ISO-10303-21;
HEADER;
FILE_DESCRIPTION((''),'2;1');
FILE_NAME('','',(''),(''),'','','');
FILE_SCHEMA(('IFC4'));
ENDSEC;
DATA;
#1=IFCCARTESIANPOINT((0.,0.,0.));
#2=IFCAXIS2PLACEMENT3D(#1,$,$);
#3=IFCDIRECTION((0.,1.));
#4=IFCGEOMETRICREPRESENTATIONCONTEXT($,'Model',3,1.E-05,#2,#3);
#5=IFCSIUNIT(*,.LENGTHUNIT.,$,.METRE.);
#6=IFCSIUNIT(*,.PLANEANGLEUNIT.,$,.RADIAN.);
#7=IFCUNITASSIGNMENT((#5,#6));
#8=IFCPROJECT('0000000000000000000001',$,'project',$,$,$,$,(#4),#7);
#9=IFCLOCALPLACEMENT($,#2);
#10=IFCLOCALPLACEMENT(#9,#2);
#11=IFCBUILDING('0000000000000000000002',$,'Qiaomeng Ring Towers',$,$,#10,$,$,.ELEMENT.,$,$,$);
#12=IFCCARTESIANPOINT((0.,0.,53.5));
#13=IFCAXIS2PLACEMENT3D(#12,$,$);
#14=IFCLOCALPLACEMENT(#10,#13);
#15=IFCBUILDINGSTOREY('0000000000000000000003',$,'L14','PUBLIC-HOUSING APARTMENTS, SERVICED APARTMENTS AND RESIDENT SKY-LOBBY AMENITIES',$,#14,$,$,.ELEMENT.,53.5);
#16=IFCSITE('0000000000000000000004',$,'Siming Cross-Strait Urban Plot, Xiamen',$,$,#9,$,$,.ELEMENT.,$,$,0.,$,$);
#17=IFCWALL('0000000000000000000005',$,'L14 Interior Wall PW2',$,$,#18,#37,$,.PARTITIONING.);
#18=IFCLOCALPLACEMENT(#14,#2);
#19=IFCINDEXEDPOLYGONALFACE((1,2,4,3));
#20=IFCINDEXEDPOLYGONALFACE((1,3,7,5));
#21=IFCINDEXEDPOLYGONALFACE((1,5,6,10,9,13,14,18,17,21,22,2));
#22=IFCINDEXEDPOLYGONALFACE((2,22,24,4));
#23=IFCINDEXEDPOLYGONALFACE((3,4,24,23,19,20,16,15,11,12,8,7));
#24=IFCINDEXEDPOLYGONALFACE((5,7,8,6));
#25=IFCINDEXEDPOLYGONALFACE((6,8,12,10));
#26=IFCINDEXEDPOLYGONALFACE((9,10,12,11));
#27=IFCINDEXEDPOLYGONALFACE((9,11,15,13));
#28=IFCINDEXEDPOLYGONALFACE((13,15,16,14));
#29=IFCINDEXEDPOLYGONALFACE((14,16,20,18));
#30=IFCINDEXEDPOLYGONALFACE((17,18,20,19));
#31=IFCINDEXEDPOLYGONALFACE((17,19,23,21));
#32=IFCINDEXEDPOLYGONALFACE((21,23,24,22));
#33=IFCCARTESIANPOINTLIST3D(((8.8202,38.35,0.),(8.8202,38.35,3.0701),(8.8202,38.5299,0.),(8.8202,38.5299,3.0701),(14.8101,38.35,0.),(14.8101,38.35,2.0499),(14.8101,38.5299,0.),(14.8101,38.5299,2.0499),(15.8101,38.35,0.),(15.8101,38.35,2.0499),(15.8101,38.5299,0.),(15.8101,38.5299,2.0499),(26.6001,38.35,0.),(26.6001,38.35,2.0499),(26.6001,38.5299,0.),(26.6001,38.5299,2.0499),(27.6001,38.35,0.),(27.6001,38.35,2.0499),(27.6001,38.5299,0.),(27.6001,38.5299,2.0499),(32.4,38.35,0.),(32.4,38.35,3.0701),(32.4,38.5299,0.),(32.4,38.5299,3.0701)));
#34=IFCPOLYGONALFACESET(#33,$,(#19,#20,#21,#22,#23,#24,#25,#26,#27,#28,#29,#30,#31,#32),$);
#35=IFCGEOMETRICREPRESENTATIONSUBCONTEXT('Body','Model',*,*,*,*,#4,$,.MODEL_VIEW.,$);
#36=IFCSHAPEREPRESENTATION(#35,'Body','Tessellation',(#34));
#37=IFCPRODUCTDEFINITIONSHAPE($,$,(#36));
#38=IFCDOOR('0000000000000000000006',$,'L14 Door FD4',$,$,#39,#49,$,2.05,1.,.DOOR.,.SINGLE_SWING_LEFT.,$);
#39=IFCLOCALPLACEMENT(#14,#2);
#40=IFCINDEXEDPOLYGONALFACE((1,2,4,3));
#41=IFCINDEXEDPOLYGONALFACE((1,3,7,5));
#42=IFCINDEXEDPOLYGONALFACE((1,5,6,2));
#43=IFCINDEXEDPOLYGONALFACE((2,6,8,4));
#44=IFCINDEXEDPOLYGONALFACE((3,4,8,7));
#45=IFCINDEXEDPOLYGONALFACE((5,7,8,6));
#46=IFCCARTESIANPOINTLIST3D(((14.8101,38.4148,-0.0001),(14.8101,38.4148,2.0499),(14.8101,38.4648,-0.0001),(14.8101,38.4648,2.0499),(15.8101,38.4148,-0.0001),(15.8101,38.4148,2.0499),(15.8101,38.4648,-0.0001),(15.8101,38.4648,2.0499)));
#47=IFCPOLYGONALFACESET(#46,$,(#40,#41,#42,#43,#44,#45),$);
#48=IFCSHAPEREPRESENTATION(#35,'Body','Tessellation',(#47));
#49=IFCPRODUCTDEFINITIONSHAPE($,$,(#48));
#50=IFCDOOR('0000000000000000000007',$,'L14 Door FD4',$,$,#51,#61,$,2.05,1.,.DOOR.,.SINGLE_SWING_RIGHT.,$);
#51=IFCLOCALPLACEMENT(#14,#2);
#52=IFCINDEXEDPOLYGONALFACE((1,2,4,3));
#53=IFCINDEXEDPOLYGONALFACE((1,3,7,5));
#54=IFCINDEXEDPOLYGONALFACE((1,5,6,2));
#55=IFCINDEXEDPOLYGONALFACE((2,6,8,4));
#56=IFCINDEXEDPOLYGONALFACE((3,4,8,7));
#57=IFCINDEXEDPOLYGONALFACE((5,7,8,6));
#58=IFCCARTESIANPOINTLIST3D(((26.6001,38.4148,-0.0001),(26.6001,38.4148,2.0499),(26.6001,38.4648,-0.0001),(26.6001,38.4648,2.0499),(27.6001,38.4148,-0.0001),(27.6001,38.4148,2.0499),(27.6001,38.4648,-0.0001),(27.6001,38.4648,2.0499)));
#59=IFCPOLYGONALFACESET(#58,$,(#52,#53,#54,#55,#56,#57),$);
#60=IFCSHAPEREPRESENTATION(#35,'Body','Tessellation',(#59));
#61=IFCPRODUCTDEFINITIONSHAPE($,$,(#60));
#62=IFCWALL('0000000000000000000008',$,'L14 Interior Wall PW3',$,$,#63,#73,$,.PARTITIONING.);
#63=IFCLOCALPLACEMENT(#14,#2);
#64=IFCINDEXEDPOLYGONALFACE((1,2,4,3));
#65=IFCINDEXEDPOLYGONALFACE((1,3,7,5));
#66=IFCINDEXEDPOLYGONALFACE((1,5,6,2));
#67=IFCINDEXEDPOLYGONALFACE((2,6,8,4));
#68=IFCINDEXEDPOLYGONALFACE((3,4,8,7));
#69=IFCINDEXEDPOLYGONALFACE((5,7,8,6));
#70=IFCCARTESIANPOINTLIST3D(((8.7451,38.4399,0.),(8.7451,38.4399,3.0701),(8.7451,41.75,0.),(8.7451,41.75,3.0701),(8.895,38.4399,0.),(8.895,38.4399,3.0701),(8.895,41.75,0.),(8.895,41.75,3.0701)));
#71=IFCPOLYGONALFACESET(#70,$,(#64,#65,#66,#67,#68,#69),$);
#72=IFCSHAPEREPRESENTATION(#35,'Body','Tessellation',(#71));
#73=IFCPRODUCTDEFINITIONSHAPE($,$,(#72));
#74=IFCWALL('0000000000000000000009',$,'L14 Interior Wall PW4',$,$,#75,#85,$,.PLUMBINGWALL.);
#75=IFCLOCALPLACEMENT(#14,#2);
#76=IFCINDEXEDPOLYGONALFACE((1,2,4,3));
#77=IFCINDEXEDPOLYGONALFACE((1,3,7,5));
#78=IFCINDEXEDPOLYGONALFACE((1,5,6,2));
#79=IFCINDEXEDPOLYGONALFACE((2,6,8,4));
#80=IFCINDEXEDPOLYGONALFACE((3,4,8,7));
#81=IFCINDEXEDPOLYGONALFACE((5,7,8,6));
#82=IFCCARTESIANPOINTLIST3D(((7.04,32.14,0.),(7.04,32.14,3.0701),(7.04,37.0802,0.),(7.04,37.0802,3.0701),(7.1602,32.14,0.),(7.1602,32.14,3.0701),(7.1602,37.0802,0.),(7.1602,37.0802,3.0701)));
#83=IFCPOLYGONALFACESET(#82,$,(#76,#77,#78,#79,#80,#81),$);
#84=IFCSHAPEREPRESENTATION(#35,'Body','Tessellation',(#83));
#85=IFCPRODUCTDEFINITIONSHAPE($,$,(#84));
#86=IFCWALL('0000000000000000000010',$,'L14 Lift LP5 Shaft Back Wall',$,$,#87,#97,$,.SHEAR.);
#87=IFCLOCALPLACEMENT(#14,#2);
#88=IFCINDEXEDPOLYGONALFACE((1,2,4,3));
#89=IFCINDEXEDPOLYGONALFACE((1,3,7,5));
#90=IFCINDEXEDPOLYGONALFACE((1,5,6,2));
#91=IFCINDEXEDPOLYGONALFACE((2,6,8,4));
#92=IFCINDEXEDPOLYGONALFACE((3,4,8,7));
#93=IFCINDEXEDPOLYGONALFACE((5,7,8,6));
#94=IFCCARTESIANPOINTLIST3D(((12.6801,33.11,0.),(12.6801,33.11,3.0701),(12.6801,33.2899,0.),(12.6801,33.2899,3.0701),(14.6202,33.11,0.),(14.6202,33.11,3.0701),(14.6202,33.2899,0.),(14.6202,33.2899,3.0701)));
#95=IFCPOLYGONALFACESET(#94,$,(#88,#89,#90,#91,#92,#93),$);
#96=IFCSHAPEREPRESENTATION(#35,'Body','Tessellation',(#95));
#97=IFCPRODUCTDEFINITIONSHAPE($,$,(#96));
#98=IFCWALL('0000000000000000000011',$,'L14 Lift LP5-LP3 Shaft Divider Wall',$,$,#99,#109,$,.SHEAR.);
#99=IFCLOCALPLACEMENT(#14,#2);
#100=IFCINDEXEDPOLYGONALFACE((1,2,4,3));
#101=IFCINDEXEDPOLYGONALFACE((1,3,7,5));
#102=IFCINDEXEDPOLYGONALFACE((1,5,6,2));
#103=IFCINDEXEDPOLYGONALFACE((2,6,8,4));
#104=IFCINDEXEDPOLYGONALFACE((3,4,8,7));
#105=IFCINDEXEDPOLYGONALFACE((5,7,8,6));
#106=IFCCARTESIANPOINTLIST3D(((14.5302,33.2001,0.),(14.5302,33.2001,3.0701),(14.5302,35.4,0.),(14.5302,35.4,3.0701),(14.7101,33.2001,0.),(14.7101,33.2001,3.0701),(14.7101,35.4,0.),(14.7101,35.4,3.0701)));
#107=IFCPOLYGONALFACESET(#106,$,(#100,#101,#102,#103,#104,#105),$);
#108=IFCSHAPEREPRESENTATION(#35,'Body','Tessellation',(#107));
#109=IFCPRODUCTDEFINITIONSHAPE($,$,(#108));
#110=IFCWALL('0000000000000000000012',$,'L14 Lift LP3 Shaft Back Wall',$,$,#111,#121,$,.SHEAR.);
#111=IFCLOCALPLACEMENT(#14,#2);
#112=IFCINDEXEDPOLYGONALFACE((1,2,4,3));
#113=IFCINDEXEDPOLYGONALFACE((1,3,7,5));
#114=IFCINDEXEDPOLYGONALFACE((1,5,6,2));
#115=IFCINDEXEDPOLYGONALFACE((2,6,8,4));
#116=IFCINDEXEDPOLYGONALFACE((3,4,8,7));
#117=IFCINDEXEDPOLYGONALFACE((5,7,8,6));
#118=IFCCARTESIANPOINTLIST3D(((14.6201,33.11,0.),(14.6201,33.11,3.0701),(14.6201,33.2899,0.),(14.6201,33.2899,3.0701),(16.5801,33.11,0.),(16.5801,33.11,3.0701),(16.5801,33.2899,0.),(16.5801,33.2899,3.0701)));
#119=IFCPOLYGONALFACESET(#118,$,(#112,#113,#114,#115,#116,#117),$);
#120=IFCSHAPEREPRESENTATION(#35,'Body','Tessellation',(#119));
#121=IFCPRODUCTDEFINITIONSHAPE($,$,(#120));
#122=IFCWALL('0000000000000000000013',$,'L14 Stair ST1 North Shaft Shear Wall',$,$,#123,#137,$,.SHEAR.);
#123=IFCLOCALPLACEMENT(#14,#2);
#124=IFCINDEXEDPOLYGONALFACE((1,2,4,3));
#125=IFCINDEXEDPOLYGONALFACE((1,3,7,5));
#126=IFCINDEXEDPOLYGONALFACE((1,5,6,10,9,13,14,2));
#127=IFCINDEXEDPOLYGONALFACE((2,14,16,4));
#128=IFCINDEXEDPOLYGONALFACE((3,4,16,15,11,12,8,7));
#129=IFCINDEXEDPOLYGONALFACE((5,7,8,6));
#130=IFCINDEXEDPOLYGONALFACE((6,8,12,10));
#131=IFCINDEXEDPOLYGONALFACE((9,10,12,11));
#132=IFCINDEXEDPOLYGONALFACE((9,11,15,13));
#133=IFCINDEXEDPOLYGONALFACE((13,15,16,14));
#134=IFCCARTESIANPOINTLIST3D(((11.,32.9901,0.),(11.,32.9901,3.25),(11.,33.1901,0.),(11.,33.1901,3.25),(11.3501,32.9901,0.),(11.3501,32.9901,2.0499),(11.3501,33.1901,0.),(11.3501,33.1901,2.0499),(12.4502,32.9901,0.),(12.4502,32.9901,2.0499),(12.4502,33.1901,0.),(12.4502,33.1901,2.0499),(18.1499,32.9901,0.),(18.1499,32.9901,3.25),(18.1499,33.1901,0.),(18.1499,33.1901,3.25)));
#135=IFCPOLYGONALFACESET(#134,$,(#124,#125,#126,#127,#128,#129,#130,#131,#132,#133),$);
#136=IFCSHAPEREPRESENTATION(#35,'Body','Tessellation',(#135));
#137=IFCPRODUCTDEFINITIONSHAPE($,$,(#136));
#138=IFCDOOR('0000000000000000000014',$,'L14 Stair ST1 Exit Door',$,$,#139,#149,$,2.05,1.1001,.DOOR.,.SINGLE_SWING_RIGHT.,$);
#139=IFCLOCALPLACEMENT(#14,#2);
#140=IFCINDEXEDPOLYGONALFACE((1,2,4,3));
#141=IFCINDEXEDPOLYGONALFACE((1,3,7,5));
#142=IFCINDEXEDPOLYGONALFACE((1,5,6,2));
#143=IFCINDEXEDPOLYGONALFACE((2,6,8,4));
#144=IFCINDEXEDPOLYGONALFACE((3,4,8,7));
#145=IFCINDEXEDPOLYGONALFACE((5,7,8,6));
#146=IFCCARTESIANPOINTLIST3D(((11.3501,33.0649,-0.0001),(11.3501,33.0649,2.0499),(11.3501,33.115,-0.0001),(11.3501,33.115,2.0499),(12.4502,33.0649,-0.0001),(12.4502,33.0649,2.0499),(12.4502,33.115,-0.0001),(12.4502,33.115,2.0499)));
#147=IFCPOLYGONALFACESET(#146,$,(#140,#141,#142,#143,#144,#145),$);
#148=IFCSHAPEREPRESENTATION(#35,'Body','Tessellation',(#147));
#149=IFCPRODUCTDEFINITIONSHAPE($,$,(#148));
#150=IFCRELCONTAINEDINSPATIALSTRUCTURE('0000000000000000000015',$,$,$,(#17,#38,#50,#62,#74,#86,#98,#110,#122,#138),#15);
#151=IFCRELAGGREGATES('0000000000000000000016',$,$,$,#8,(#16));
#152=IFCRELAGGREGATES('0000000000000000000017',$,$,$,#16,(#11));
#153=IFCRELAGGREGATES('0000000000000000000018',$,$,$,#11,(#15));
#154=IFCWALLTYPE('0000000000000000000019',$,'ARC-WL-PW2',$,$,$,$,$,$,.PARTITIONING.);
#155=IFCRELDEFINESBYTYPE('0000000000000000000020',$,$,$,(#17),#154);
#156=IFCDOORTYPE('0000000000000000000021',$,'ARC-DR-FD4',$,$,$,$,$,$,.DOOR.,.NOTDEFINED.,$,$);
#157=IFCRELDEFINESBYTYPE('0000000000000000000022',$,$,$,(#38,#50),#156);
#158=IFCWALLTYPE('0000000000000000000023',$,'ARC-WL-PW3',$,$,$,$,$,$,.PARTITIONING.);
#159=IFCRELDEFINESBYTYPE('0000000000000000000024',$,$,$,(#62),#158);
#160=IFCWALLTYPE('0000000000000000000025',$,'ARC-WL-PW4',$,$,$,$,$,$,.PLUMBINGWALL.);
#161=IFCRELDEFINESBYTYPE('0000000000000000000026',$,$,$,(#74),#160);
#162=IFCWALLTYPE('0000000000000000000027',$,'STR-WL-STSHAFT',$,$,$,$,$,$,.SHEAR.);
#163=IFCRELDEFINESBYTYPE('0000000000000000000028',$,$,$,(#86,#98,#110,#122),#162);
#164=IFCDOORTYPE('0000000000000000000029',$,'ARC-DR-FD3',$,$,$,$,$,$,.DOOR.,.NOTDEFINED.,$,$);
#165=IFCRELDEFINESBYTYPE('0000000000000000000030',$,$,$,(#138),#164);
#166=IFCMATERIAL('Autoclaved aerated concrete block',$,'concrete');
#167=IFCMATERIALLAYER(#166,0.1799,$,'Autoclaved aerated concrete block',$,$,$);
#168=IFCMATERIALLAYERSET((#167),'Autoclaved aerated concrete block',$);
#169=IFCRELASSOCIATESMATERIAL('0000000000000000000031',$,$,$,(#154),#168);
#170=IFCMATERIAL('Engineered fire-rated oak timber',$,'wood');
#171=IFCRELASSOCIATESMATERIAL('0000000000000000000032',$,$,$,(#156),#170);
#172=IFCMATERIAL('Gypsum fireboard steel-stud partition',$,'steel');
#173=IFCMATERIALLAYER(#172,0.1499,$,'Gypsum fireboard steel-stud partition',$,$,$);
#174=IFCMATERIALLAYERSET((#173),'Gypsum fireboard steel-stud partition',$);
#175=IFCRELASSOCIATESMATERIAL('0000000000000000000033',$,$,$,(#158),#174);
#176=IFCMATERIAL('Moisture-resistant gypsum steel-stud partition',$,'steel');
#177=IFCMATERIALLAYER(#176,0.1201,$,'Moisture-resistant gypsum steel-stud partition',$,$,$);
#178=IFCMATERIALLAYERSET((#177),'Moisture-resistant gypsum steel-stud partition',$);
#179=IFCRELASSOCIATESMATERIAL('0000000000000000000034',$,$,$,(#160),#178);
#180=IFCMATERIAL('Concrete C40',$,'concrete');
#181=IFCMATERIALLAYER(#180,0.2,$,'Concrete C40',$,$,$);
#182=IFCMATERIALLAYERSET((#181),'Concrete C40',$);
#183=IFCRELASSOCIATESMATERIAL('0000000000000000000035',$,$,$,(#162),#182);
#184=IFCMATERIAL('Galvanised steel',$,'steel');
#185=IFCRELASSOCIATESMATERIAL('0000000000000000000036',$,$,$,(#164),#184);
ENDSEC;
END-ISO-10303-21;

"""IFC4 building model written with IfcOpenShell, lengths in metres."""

from ifc_helpers import new_model, si_unit, direction, frame, frame_2d, origin, place, context, subcontext, project, spatial, rectangle, extrude, source, transform, mapped, material, layer, layer_set, type_object, element, fill, save


model = new_model("IFC4")

# Units and contexts
model_context = context("Model", 3, precision=1e-05, world=origin(), true_north=direction((0.0, 1.0)))
body_context = subcontext(model_context, "Body", "Model", "MODEL_VIEW")
ifc_project = project(units=[si_unit("LENGTHUNIT", "METRE"), si_unit("PLANEANGLEUNIT", "RADIAN")], contexts=[model_context])

# Site, building, storey
site_placement = place(None, origin())
site = spatial("IfcSite", under=ifc_project, at=site_placement, Name="Siming Cross-Strait Urban Plot, Xiamen", CompositionType="ELEMENT", RefElevation=0.0)
building_placement = place(site_placement, origin())
building = spatial("IfcBuilding", under=site, at=building_placement, Name="Qiaomeng Ring Towers", CompositionType="ELEMENT")
storey_placement = place(building_placement, frame((0.0, 0.0, 53.5)))
storey = spatial("IfcBuildingStorey", under=building, at=storey_placement, Name="L14", Description="PUBLIC-HOUSING APARTMENTS, SERVICED APARTMENTS AND RESIDENT SKY-LOBBY AMENITIES", CompositionType="ELEMENT", Elevation=53.5)

# Shared definitions
ifc_material_1 = material(Name="Autoclaved aerated concrete block", Category="concrete")

# Wall, openings, doors
ifc_layer_1 = layer(ifc_material_1, 0.1799, Name="Autoclaved aerated concrete block")
ifc_layer_set_1 = layer_set([ifc_layer_1], Name="Autoclaved aerated concrete block")
wall_type_1 = type_object("IfcWallType", Name="ARC-WL-PW2", PredefinedType="PARTITIONING", material=ifc_layer_set_1)
wall_1_placement = place(storey_placement, frame((8.8201, 38.4399, 0.0), z_axis=(0.0, 0.0, 1.0), x_axis=(1.0, 0.0, 0.0)))
wall_1 = element("IfcWall", 1, at=wall_1_placement, inside=storey, type_object=wall_type_1, Name="L14 Interior Wall PW2", PredefinedType="PARTITIONING", context=body_context, shape_type="SweptSolid", body=[
    extrude(rectangle(XDim=23.5798, YDim=0.1799, at=frame_2d((11.79, 0.0))), origin(), (0.0, 0.0, 1.0), 3.0701),
])
opening_1_placement = place(wall_1_placement, frame((5.99, 0.0, 0.0)))
opening_1 = element("IfcOpeningElement", 2, at=opening_1_placement, cuts=wall_1, PredefinedType="OPENING", context=body_context, shape_type="SweptSolid", body=[
    extrude(rectangle(XDim=1.0, YDim=2.05, at=frame_2d((0.5, 1.0249))), frame((0.0, 0.0999, 0.0), z_axis=(0.0, -1.0, 0.0), x_axis=(1.0, 0.0, 0.0)), (0.0, 0.0, 1.0), 0.2),
])
opening_2_placement = place(wall_1_placement, frame((17.78, 0.0, 0.0)))
opening_2 = element("IfcOpeningElement", 3, at=opening_2_placement, cuts=wall_1, PredefinedType="OPENING", context=body_context, shape_type="SweptSolid", body=[
    extrude(rectangle(XDim=1.0, YDim=2.05, at=frame_2d((0.5, 1.0249))), frame((0.0, 0.0999, 0.0), z_axis=(0.0, -1.0, 0.0), x_axis=(1.0, 0.0, 0.0)), (0.0, 0.0, 1.0), 0.2),
])
ifc_material_2 = material(Name="Engineered fire-rated oak timber", Category="wood")
door_type_1 = type_object("IfcDoorType", Name="ARC-DR-FD4", OperationType="NOTDEFINED", PredefinedType="DOOR", material=ifc_material_2)
shared_shape_1 = source(origin(), body_context, "Body", "SweptSolid", [
    extrude(rectangle(XDim=1.0, YDim=2.05, at=frame_2d((0.5, 1.0249))), frame((0.0, 0.0249, 0.0), z_axis=(0.0, -1.0, 0.0), x_axis=(1.0, 0.0, 0.0)), (0.0, 0.0, 1.0), 0.05),
])
door_1_placement = place(opening_1_placement, origin())
door_1 = element("IfcDoor", 4, at=door_1_placement, inside=storey, type_object=door_type_1, Name="L14 Door FD4", OperationType="SINGLE_SWING_LEFT", OverallHeight=2.05, OverallWidth=1.0, PredefinedType="DOOR", context=body_context, shape_type="MappedRepresentation", body=[
    mapped(shared_shape_1, transform((0.0, 0.0, 0.0), x_axis=(1.0, 0.0, 0.0), y_axis=(0.0, 1.0, 0.0), z_axis=(0.0, 0.0, 1.0), scale=1.0)),
])
fill(opening_1, door_1)
door_2_placement = place(opening_2_placement, origin())
door_2 = element("IfcDoor", 5, at=door_2_placement, inside=storey, type_object=door_type_1, Name="L14 Door FD4", OperationType="SINGLE_SWING_RIGHT", OverallHeight=2.05, OverallWidth=1.0, PredefinedType="DOOR", context=body_context, shape_type="MappedRepresentation", body=[
    mapped(shared_shape_1, transform((0.0, 0.0, 0.0), x_axis=(1.0, 0.0, 0.0), y_axis=(0.0, 1.0, 0.0), z_axis=(0.0, 0.0, 1.0), scale=1.0)),
])
fill(opening_2, door_2)

# Walls
ifc_material_3 = material(Name="Gypsum fireboard steel-stud partition", Category="steel")
ifc_layer_2 = layer(ifc_material_3, 0.1499, Name="Gypsum fireboard steel-stud partition")
ifc_layer_set_2 = layer_set([ifc_layer_2], Name="Gypsum fireboard steel-stud partition")
wall_type_2 = type_object("IfcWallType", Name="ARC-WL-PW3", PredefinedType="PARTITIONING", material=ifc_layer_set_2)
wall_2_placement = place(storey_placement, frame((8.8201, 38.4399, 0.0), z_axis=(0.0, 0.0, 1.0), x_axis=(0.0, 1.0, 0.0)))
element("IfcWall", 6, at=wall_2_placement, inside=storey, type_object=wall_type_2, Name="L14 Interior Wall PW3", PredefinedType="PARTITIONING", context=body_context, shape_type="SweptSolid", body=[
    extrude(rectangle(XDim=3.3101, YDim=0.1499, at=frame_2d((1.655, 0.0))), origin(), (0.0, 0.0, 1.0), 3.0701),
])
ifc_material_4 = material(Name="Moisture-resistant gypsum steel-stud partition", Category="steel")
ifc_layer_3 = layer(ifc_material_4, 0.1201, Name="Moisture-resistant gypsum steel-stud partition")
ifc_layer_set_3 = layer_set([ifc_layer_3], Name="Moisture-resistant gypsum steel-stud partition")
wall_type_3 = type_object("IfcWallType", Name="ARC-WL-PW4", PredefinedType="PLUMBINGWALL", material=ifc_layer_set_3)
wall_3_placement = place(storey_placement, frame((7.1001, 32.1399, 0.0), z_axis=(0.0, 0.0, 1.0), x_axis=(0.0, 1.0, 0.0)))
element("IfcWall", 7, at=wall_3_placement, inside=storey, type_object=wall_type_3, Name="L14 Interior Wall PW4", PredefinedType="PLUMBINGWALL", context=body_context, shape_type="SweptSolid", body=[
    extrude(rectangle(XDim=4.9402, YDim=0.1201, at=frame_2d((2.4702, 0.0))), origin(), (0.0, 0.0, 1.0), 3.0701),
])
ifc_material_5 = material(Name="Concrete C40", Category="concrete")
ifc_layer_4 = layer(ifc_material_5, 0.2, Name="Concrete C40")
ifc_layer_set_4 = layer_set([ifc_layer_4], Name="Concrete C40")
wall_type_4 = type_object("IfcWallType", Name="STR-WL-STSHAFT", PredefinedType="SHEAR", material=ifc_layer_set_4)
wall_4_placement = place(storey_placement, frame((12.6799, 33.2, 0.0), z_axis=(0.0, 0.0, 1.0), x_axis=(1.0, 0.0, 0.0)))
element("IfcWall", 8, at=wall_4_placement, inside=storey, type_object=wall_type_4, Name="L14 Lift LP5 Shaft Back Wall", PredefinedType="SHEAR", context=body_context, shape_type="SweptSolid", body=[
    extrude(rectangle(XDim=1.9402, YDim=0.1799, at=frame_2d((0.9702, 0.0))), origin(), (0.0, 0.0, 1.0), 3.0701),
])
wall_5_placement = place(storey_placement, frame((14.6201, 33.2, 0.0), z_axis=(0.0, 0.0, 1.0), x_axis=(0.0, 1.0, 0.0)))
element("IfcWall", 9, at=wall_5_placement, inside=storey, type_object=wall_type_4, Name="L14 Lift LP5-LP3 Shaft Divider Wall", PredefinedType="SHEAR", context=body_context, shape_type="SweptSolid", body=[
    extrude(rectangle(XDim=2.2, YDim=0.1799, at=frame_2d((1.1001, 0.0))), origin(), (0.0, 0.0, 1.0), 3.0701),
])
wall_6_placement = place(storey_placement, frame((14.6201, 33.2, 0.0), z_axis=(0.0, 0.0, 1.0), x_axis=(1.0, 0.0, 0.0)))
element("IfcWall", 10, at=wall_6_placement, inside=storey, type_object=wall_type_4, Name="L14 Lift LP3 Shaft Back Wall", PredefinedType="SHEAR", context=body_context, shape_type="SweptSolid", body=[
    extrude(rectangle(XDim=1.96, YDim=0.1799, at=frame_2d((0.98, 0.0))), origin(), (0.0, 0.0, 1.0), 3.0701),
])

# Wall, opening, door
wall_7_placement = place(storey_placement, frame((11.0, 33.0901, 0.0), z_axis=(0.0, 0.0, 1.0), x_axis=(1.0, 0.0, 0.0)))
wall_7 = element("IfcWall", 11, at=wall_7_placement, inside=storey, type_object=wall_type_4, Name="L14 Stair ST1 North Shaft Shear Wall", PredefinedType="SHEAR", context=body_context, shape_type="SweptSolid", body=[
    extrude(rectangle(XDim=7.1499, YDim=0.2, at=frame_2d((3.575, 0.0))), origin(), (0.0, 0.0, 1.0), 3.25),
])
opening_3_placement = place(wall_7_placement, frame((0.3501, 0.0, 0.0)))
opening_3 = element("IfcOpeningElement", 12, at=opening_3_placement, cuts=wall_7, PredefinedType="OPENING", context=body_context, shape_type="SweptSolid", body=[
    extrude(rectangle(XDim=1.1001, YDim=2.05, at=frame_2d((0.55, 1.0249))), frame((0.0, 0.1099, 0.0), z_axis=(0.0, -1.0, 0.0), x_axis=(1.0, 0.0, 0.0)), (0.0, 0.0, 1.0), 0.22),
])
ifc_material_6 = material(Name="Galvanised steel", Category="steel")
door_type_2 = type_object("IfcDoorType", Name="ARC-DR-FD3", OperationType="NOTDEFINED", PredefinedType="DOOR", material=ifc_material_6)
shared_shape_2 = source(origin(), body_context, "Body", "SweptSolid", [
    extrude(rectangle(XDim=1.1001, YDim=2.05, at=frame_2d((0.55, 1.0249))), frame((0.0, 0.0249, 0.0), z_axis=(0.0, -1.0, 0.0), x_axis=(1.0, 0.0, 0.0)), (0.0, 0.0, 1.0), 0.05),
])
door_3_placement = place(opening_3_placement, origin())
door_3 = element("IfcDoor", 13, at=door_3_placement, inside=storey, type_object=door_type_2, Name="L14 Stair ST1 Exit Door", OperationType="SINGLE_SWING_RIGHT", OverallHeight=2.05, OverallWidth=1.1001, PredefinedType="DOOR", context=body_context, shape_type="MappedRepresentation", body=[
    mapped(shared_shape_2, transform((0.0, 0.0, 0.0), x_axis=(1.0, 0.0, 0.0), y_axis=(0.0, 1.0, 0.0), z_axis=(0.0, 0.0, 1.0), scale=1.0)),
])
fill(opening_3, door_3)

save(model, "model.ifc")
